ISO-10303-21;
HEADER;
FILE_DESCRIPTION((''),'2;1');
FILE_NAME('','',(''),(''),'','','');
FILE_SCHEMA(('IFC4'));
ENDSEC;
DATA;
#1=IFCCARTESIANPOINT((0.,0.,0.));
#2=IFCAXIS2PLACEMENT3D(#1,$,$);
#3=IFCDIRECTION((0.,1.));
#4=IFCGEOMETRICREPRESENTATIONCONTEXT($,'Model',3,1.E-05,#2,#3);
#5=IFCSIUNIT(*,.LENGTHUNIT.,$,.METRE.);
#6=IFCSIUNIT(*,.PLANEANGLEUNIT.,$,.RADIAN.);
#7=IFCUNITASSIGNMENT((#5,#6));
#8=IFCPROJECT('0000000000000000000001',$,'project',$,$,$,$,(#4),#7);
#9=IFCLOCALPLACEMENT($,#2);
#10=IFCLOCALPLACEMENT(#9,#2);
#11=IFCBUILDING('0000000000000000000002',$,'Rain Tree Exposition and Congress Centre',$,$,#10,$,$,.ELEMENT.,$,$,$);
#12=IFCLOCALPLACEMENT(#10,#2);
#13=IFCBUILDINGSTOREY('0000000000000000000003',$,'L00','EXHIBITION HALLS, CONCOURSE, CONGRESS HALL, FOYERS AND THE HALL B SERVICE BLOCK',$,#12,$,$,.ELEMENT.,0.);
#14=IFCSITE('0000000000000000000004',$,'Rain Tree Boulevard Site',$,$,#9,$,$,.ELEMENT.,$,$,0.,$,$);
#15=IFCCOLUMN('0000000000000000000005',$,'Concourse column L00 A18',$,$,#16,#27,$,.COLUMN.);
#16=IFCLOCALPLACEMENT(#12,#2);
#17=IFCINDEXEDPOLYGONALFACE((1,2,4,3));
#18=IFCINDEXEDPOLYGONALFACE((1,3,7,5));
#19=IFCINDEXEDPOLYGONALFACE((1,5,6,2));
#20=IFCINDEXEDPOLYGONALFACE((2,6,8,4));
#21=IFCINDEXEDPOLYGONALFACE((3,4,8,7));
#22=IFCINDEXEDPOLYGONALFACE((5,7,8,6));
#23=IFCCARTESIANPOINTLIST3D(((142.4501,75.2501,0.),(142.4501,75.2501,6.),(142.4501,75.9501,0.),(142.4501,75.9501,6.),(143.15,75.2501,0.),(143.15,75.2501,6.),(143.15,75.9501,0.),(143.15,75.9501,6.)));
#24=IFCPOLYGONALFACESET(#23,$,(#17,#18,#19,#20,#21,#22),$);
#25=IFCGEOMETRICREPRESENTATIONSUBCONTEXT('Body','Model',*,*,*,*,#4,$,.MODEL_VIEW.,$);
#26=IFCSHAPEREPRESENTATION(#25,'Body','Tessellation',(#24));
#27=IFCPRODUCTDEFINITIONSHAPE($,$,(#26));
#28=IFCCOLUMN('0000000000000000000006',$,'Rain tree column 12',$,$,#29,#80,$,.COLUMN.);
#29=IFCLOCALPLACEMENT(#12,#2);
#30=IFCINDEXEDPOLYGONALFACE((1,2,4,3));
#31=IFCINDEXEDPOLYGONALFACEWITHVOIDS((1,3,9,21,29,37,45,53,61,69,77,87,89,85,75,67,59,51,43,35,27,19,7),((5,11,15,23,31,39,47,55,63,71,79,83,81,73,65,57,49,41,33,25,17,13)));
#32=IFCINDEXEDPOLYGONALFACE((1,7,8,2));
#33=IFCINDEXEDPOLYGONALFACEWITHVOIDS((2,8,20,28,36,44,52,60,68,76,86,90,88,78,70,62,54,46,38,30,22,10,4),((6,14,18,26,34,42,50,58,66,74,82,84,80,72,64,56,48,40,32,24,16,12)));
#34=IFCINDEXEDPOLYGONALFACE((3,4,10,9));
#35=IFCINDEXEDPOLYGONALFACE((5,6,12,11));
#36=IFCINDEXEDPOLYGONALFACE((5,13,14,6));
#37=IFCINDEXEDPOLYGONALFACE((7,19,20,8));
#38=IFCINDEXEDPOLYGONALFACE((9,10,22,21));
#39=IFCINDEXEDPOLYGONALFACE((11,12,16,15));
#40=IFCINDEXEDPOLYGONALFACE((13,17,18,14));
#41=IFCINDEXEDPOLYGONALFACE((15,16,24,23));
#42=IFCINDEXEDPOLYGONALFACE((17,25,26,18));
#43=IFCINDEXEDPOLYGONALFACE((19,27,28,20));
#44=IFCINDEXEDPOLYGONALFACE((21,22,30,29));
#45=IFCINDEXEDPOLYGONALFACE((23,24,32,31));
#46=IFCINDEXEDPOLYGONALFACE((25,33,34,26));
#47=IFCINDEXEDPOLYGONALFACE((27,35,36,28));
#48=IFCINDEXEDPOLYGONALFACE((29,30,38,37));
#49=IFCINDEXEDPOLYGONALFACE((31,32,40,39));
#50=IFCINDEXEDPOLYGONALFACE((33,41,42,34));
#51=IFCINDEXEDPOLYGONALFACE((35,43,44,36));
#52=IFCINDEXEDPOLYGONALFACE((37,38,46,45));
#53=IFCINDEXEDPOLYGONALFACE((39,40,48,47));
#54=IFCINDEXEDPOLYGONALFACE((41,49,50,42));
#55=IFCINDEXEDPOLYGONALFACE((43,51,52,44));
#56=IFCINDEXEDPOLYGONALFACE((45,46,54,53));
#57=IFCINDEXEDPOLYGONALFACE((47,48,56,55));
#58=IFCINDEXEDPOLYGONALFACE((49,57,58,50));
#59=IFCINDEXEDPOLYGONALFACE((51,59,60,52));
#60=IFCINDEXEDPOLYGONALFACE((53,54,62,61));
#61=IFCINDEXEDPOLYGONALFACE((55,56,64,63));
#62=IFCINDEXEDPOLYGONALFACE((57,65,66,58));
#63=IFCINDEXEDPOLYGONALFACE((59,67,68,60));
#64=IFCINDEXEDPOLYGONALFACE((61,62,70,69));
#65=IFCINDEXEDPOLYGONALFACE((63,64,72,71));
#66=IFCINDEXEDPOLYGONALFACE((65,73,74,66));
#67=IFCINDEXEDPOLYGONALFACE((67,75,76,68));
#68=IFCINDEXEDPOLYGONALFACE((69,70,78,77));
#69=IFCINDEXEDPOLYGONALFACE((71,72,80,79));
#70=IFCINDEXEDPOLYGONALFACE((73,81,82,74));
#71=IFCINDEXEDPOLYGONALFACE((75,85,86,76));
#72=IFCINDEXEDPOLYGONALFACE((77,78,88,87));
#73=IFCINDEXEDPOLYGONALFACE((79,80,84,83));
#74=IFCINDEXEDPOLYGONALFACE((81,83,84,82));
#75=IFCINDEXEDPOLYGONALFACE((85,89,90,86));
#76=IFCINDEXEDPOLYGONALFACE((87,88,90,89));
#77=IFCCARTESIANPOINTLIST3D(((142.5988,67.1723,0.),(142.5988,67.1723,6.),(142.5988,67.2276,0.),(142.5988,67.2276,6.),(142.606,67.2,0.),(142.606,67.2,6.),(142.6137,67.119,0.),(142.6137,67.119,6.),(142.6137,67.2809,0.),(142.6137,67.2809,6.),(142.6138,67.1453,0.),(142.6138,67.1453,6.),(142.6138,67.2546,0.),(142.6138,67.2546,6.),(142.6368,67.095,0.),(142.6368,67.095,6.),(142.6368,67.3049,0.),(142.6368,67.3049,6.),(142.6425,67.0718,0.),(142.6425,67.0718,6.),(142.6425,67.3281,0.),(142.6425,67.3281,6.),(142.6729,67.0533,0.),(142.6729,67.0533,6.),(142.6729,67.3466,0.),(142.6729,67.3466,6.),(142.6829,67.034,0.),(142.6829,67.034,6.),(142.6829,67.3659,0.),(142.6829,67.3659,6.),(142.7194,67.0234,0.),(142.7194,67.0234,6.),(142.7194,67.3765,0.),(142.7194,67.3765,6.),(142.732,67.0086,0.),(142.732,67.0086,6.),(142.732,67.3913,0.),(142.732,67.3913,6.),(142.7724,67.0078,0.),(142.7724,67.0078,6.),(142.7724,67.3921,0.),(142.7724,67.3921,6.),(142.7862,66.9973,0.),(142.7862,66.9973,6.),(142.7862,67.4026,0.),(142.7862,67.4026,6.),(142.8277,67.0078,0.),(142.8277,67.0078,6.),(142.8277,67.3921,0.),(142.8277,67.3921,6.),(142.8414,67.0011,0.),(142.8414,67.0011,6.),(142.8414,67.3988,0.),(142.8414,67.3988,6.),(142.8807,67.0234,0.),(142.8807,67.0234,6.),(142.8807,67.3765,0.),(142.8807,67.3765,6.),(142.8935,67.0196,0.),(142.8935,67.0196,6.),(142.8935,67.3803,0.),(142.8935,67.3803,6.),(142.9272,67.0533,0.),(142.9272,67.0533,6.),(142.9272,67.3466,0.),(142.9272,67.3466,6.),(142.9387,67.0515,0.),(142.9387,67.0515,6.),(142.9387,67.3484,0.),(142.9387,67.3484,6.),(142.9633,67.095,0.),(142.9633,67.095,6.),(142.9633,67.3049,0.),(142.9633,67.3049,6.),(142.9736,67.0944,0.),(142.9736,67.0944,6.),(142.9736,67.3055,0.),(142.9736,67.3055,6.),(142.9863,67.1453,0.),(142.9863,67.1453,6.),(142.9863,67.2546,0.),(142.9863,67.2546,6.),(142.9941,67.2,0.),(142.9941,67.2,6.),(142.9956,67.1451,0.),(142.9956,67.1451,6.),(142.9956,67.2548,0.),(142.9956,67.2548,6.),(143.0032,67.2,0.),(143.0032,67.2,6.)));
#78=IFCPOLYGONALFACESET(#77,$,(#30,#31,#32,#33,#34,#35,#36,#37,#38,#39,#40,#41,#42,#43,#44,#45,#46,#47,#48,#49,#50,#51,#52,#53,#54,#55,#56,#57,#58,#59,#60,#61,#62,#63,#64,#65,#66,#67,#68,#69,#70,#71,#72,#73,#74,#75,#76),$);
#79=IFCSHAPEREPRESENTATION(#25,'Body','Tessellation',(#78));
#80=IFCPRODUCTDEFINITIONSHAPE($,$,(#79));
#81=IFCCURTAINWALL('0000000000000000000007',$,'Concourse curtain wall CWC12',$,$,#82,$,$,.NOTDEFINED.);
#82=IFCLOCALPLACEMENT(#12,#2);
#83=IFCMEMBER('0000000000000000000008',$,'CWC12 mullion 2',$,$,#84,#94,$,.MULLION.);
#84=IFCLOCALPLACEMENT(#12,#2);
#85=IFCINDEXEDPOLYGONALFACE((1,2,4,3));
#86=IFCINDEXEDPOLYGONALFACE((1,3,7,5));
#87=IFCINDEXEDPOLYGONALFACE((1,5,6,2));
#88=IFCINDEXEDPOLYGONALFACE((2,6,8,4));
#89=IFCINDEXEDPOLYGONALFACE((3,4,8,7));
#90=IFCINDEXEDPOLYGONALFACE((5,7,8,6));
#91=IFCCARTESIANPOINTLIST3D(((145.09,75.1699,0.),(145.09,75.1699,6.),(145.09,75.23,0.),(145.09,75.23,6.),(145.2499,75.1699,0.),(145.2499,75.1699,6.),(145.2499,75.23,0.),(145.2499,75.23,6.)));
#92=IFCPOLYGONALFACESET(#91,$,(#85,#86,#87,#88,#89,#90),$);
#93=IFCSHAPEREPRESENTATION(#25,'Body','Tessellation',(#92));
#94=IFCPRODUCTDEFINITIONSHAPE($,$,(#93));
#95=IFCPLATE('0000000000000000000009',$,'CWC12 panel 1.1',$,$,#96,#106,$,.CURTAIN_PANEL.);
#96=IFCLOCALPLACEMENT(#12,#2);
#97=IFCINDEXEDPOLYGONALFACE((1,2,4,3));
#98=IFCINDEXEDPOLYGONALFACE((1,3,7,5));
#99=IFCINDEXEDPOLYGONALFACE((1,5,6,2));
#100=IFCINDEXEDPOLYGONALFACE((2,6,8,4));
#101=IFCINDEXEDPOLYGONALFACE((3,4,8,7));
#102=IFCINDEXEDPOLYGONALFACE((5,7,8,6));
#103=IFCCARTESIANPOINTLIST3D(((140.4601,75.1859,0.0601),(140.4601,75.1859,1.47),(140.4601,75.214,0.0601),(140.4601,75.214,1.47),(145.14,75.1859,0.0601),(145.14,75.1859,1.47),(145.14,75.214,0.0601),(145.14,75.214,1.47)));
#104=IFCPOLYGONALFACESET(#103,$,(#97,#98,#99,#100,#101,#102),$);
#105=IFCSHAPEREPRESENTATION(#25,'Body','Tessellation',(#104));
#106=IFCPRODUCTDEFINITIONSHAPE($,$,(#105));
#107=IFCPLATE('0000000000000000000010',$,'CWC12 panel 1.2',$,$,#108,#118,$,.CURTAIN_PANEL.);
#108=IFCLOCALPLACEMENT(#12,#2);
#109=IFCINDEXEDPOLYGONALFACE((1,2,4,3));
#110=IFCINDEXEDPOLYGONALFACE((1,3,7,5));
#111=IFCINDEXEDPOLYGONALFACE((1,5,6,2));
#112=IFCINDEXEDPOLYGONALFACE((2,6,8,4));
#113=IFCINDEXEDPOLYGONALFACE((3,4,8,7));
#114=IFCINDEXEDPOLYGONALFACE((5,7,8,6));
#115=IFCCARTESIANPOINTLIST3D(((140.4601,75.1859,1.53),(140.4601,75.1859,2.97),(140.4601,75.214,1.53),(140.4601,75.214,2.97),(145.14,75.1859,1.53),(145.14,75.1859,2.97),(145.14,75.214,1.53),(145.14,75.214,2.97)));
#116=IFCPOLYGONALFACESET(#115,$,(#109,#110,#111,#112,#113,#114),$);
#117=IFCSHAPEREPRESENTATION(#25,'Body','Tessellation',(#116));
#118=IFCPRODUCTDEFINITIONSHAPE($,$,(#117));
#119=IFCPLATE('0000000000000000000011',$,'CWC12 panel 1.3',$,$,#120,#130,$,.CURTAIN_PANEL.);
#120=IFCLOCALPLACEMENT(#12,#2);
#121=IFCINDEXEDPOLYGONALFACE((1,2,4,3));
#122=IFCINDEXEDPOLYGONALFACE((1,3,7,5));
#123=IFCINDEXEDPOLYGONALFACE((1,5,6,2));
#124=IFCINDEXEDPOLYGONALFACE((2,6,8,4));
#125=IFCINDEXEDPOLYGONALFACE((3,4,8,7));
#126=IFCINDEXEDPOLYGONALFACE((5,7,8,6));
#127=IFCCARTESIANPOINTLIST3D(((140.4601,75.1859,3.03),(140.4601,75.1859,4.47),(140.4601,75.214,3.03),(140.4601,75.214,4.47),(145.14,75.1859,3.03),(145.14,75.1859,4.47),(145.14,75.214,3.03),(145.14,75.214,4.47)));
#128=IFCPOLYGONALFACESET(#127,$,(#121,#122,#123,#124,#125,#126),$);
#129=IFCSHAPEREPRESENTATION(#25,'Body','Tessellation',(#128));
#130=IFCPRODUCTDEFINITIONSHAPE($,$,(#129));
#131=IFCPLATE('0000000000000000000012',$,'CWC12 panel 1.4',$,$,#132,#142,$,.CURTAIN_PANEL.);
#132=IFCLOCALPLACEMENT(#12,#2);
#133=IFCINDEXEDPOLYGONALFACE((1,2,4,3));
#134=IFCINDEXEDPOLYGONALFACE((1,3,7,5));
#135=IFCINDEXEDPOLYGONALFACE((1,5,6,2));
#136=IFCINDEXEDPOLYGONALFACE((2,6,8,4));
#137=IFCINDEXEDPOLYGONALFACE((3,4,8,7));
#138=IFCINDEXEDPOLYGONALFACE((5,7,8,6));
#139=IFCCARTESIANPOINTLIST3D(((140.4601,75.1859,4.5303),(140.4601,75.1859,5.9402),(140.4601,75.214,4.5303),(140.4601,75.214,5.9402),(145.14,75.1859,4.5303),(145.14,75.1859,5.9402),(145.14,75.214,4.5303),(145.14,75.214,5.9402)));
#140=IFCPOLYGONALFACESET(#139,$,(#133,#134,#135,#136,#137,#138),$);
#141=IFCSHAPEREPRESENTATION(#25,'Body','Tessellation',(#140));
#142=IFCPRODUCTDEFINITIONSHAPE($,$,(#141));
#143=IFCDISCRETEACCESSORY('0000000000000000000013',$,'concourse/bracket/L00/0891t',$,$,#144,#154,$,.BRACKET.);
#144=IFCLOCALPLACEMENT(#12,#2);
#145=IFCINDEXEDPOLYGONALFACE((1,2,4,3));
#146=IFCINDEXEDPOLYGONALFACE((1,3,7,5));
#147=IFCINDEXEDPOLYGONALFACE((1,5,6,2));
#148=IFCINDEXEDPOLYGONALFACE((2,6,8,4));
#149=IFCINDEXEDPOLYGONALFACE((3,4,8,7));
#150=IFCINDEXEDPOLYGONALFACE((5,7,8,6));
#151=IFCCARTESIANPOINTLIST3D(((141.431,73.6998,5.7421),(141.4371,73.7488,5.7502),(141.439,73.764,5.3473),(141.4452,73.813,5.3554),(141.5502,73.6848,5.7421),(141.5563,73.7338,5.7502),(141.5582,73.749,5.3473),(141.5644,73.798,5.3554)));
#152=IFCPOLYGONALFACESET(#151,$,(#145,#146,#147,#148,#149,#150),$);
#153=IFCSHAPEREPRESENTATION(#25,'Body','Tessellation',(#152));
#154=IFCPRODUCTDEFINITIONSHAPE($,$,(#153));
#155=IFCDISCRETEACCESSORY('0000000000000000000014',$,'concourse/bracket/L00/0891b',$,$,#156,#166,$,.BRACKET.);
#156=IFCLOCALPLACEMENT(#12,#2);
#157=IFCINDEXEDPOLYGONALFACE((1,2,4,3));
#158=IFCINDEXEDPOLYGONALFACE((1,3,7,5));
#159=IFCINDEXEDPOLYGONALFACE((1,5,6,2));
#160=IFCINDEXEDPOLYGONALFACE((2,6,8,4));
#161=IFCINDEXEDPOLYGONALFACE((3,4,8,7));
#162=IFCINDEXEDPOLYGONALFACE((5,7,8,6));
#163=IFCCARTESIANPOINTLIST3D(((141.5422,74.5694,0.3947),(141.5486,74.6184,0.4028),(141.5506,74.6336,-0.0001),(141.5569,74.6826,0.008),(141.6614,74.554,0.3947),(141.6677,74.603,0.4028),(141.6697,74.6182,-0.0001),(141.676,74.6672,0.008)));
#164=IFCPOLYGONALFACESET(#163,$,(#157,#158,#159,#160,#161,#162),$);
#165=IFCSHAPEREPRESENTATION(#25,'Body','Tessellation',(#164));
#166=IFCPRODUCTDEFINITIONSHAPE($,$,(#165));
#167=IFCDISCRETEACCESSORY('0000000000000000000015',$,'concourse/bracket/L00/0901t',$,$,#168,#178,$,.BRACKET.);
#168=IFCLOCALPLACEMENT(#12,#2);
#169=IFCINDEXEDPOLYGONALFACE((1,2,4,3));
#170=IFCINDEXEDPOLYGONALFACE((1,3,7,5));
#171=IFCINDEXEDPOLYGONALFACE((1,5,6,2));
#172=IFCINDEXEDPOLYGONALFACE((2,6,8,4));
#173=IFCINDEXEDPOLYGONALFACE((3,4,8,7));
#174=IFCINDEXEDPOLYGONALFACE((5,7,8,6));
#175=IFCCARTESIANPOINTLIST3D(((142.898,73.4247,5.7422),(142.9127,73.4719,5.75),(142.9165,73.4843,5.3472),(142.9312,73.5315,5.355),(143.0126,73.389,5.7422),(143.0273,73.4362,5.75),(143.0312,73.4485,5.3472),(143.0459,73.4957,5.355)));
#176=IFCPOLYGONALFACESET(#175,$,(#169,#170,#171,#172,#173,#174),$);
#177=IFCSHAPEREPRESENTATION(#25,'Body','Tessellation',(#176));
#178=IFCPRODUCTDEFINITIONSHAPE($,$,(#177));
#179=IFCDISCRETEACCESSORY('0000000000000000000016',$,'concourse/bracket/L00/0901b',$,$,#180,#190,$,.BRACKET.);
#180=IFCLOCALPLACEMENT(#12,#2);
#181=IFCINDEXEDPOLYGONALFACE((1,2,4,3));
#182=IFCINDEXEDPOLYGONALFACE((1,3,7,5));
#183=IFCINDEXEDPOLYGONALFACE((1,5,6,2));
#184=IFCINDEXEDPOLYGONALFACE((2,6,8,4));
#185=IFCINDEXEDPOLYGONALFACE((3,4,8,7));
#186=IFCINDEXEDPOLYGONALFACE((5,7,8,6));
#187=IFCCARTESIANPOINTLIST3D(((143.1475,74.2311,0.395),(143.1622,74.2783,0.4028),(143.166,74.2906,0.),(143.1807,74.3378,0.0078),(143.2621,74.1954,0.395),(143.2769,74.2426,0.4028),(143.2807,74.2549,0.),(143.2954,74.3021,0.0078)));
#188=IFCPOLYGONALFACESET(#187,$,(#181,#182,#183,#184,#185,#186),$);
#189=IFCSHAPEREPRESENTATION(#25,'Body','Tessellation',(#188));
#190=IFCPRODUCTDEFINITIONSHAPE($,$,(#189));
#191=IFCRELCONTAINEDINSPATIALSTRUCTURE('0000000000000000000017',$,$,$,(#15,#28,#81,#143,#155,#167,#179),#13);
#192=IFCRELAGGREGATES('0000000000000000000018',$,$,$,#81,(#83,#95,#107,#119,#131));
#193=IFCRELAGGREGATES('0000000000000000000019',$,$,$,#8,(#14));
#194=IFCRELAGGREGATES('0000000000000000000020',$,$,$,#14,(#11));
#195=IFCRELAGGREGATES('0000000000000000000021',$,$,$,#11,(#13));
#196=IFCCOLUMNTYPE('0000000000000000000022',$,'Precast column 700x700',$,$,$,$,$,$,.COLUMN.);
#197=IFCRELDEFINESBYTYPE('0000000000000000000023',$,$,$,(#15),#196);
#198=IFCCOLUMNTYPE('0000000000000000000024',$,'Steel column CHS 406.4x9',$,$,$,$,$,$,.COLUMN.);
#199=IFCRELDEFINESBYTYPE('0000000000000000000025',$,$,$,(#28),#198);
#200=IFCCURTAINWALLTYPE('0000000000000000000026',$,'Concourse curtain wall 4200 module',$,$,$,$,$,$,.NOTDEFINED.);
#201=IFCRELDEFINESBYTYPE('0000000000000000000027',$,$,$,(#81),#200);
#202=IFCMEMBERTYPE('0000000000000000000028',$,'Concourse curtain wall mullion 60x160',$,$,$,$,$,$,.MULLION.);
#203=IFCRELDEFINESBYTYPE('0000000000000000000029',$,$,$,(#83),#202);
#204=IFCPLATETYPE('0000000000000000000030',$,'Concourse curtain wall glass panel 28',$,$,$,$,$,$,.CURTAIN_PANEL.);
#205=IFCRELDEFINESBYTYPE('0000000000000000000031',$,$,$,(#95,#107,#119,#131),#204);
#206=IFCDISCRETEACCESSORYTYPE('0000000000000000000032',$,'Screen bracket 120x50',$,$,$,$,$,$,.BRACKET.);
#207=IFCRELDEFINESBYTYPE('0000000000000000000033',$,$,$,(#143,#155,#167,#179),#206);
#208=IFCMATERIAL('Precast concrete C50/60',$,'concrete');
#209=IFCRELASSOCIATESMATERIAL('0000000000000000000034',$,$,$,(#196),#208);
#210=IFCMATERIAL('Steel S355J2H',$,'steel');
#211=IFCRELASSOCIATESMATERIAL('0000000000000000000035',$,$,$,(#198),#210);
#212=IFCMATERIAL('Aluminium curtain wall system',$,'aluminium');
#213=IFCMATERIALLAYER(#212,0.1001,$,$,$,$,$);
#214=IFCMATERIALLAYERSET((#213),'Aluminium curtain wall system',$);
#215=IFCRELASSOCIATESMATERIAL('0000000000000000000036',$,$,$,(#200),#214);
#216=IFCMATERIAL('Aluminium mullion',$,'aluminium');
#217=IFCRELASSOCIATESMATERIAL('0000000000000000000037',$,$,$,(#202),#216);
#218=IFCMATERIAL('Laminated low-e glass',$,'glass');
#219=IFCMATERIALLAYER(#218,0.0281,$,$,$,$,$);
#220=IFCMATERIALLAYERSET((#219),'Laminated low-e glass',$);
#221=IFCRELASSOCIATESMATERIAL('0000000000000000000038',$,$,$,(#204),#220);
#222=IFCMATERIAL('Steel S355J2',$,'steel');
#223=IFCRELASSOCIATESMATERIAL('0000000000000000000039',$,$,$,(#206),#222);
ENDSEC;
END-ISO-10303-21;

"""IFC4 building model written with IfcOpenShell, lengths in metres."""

from ifc_helpers import new_model, si_unit, direction, frame, origin, origin_2d, place, context, subcontext, project, spatial, rectangle, hollow_circle, extrude, material, layer, layer_set, material_profile, profile_set, type_object, element, aggregate, save


model = new_model("IFC4")

# Units and contexts
model_context = context("Model", 3, precision=1e-05, world=origin(), true_north=direction((0.0, 1.0)))
body_context = subcontext(model_context, "Body", "Model", "MODEL_VIEW")
ifc_project = project(units=[si_unit("LENGTHUNIT", "METRE"), si_unit("PLANEANGLEUNIT", "RADIAN")], contexts=[model_context])

# Site, building, storey
site_placement = place(None, origin())
site = spatial("IfcSite", under=ifc_project, at=site_placement, Name="Rain Tree Boulevard Site", CompositionType="ELEMENT", RefElevation=0.0)
building_placement = place(site_placement, origin())
building = spatial("IfcBuilding", under=site, at=building_placement, Name="Rain Tree Exposition and Congress Centre", CompositionType="ELEMENT")
storey_placement = place(building_placement, origin())
storey = spatial("IfcBuildingStorey", under=building, at=storey_placement, Name="L00", Description="EXHIBITION HALLS, CONCOURSE, CONGRESS HALL, FOYERS AND THE HALL B SERVICE BLOCK", CompositionType="ELEMENT", Elevation=0.0)

# Columns
ifc_material_1 = material(Name="Precast concrete C50/60", Category="concrete")
ifc_material_profile_1 = material_profile(ifc_material_1, rectangle(XDim=0.7, YDim=0.7, at=origin_2d()), Name="RC 700x700")
ifc_profile_set_1 = profile_set([ifc_material_profile_1], Name="Precast concrete C50/60")
column_type_1 = type_object("IfcColumnType", Name="Precast column 700x700", PredefinedType="COLUMN", material=ifc_profile_set_1)
column_1_placement = place(storey_placement, frame((142.8, 75.6001, 0.0), z_axis=(0.0, 0.0, 1.0), x_axis=(1.0, 0.0, 0.0)))
element("IfcColumn", 1, at=column_1_placement, inside=storey, type_object=column_type_1, Name="Concourse column L00 A18", PredefinedType="COLUMN", context=body_context, shape_type="SweptSolid", body=[
    extrude(rectangle(XDim=0.7, YDim=0.7, at=origin_2d()), origin(), (0.0, 0.0, 1.0), 6.0),
])
ifc_material_2 = material(Name="Steel S355J2H", Category="steel")
ifc_material_profile_2 = material_profile(ifc_material_2, hollow_circle(Radius=0.2031, WallThickness=0.009, at=origin_2d()), Name="CHS 406.4x9")
ifc_profile_set_2 = profile_set([ifc_material_profile_2], Name="Steel S355J2H")
column_type_2 = type_object("IfcColumnType", Name="Steel column CHS 406.4x9", PredefinedType="COLUMN", material=ifc_profile_set_2)
column_2_placement = place(storey_placement, frame((142.8, 67.2, 0.0), z_axis=(0.0, 0.0, 1.0), x_axis=(1.0, 0.0, 0.0)))
element("IfcColumn", 2, at=column_2_placement, inside=storey, type_object=column_type_2, Name="Rain tree column 12", PredefinedType="COLUMN", context=body_context, shape_type="SweptSolid", body=[
    extrude(hollow_circle(Radius=0.2031, WallThickness=0.009, at=origin_2d()), origin(), (0.0, 0.0, 1.0), 6.0),
])

# Curtain wall, member, plates
ifc_material_3 = material(Name="Aluminium curtain wall system", Category="aluminium")
ifc_layer_1 = layer(ifc_material_3, 0.1001)
ifc_layer_set_1 = layer_set([ifc_layer_1], Name="Aluminium curtain wall system")
curtain_wall_type = type_object("IfcCurtainWallType", Name="Concourse curtain wall 4200 module", PredefinedType="NOTDEFINED", material=ifc_layer_set_1)
curtain_wall_placement = place(storey_placement, origin())
curtain_wall = element("IfcCurtainWall", 3, at=curtain_wall_placement, inside=storey, type_object=curtain_wall_type, Name="Concourse curtain wall CWC12", PredefinedType="NOTDEFINED")
ifc_material_4 = material(Name="Aluminium mullion", Category="aluminium")
ifc_material_profile_3 = material_profile(ifc_material_4, rectangle(XDim=0.0601, YDim=0.1599, at=origin_2d()), Name="AL 60x160")
ifc_profile_set_3 = profile_set([ifc_material_profile_3], Name="Aluminium mullion")
member_type = type_object("IfcMemberType", Name="Concourse curtain wall mullion 60x160", PredefinedType="MULLION", material=ifc_profile_set_3)
member_placement = place(storey_placement, frame((145.1699, 75.2, 0.0), z_axis=(0.0, 0.0, 1.0), x_axis=(0.0, 1.0, 0.0)))
member = element("IfcMember", 4, at=member_placement, type_object=member_type, Name="CWC12 mullion 2", PredefinedType="MULLION", context=body_context, shape_type="SweptSolid", body=[
    extrude(rectangle(XDim=0.0601, YDim=0.1599, at=origin_2d()), origin(), (0.0, 0.0, 1.0), 6.0),
])
ifc_material_5 = material(Name="Laminated low-e glass", Category="glass")
ifc_layer_2 = layer(ifc_material_5, 0.0281)
ifc_layer_set_2 = layer_set([ifc_layer_2], Name="Laminated low-e glass")
plate_type = type_object("IfcPlateType", Name="Concourse curtain wall glass panel 28", PredefinedType="CURTAIN_PANEL", material=ifc_layer_set_2)
plate_1_placement = place(storey_placement, frame((142.8, 75.2, 0.0601), z_axis=(0.0, 0.0, 1.0), x_axis=(1.0, 0.0, 0.0)))
plate_1 = element("IfcPlate", 5, at=plate_1_placement, type_object=plate_type, Name="CWC12 panel 1.1", PredefinedType="CURTAIN_PANEL", context=body_context, shape_type="SweptSolid", body=[
    extrude(rectangle(XDim=4.6799, YDim=0.0281, at=origin_2d()), origin(), (0.0, 0.0, 1.0), 1.4099),
])
plate_2_placement = place(storey_placement, frame((142.8, 75.2, 1.53), z_axis=(0.0, 0.0, 1.0), x_axis=(1.0, 0.0, 0.0)))
plate_2 = element("IfcPlate", 6, at=plate_2_placement, type_object=plate_type, Name="CWC12 panel 1.2", PredefinedType="CURTAIN_PANEL", context=body_context, shape_type="SweptSolid", body=[
    extrude(rectangle(XDim=4.6799, YDim=0.0281, at=origin_2d()), origin(), (0.0, 0.0, 1.0), 1.4399),
])
plate_3_placement = place(storey_placement, frame((142.8, 75.2, 3.03), z_axis=(0.0, 0.0, 1.0), x_axis=(1.0, 0.0, 0.0)))
plate_3 = element("IfcPlate", 7, at=plate_3_placement, type_object=plate_type, Name="CWC12 panel 1.3", PredefinedType="CURTAIN_PANEL", context=body_context, shape_type="SweptSolid", body=[
    extrude(rectangle(XDim=4.6799, YDim=0.0281, at=origin_2d()), origin(), (0.0, 0.0, 1.0), 1.4399),
])
plate_4_placement = place(storey_placement, frame((142.8, 75.2, 4.5303), z_axis=(0.0, 0.0, 1.0), x_axis=(1.0, 0.0, 0.0)))
plate_4 = element("IfcPlate", 8, at=plate_4_placement, type_object=plate_type, Name="CWC12 panel 1.4", PredefinedType="CURTAIN_PANEL", context=body_context, shape_type="SweptSolid", body=[
    extrude(rectangle(XDim=4.6799, YDim=0.0281, at=origin_2d()), origin(), (0.0, 0.0, 1.0), 1.4099),
])
aggregate(curtain_wall, [member, plate_1, plate_2, plate_3, plate_4])

# Discrete accessories
ifc_material_6 = material(Name="Steel S355J2", Category="steel")
ifc_material_profile_4 = material_profile(ifc_material_6, rectangle(XDim=0.1201, YDim=0.05, at=origin_2d()), Name="Flat bar 120x50")
ifc_profile_set_4 = profile_set([ifc_material_profile_4], Name="Steel S355J2")
discrete_accessory_type = type_object("IfcDiscreteAccessoryType", Name="Screen bracket 120x50", PredefinedType="BRACKET", material=ifc_profile_set_4)
for number, where, z_axis, x_axis, name in (
    (9, (141.5017, 73.781, 5.3513), (-0.020139, -0.160505, 0.98683), (0.99222, -0.124499, 0.0), "concourse/bracket/L00/0891t"),
    (10, (141.6133, 74.6504, 0.0039), (-0.020749, -0.160503, 0.986817), (0.991747, -0.128211, 0.0), "concourse/bracket/L00/0891b"),
):
    element("IfcDiscreteAccessory", number, at=place(storey_placement, frame(where, z_axis=z_axis, x_axis=x_axis)), inside=storey, type_object=discrete_accessory_type, Name=name, PredefinedType="BRACKET", context=body_context, shape_type="SweptSolid", body=[
        extrude(rectangle(XDim=0.1201, YDim=0.05, at=origin_2d()), origin(), (0.0, 0.0, 1.0), 0.4001),
    ])
for number, where, z_axis, x_axis, name in (
    (11, (142.9812, 73.49, 5.3511), (-0.046396, -0.148957, 0.987755), (0.954758, -0.297384, 0.0), "concourse/bracket/L00/0901t"),
    (12, (143.2307, 74.2964, 0.0039), (-0.046396, -0.148957, 0.987755), (0.954758, -0.297384, 0.0), "concourse/bracket/L00/0901b"),
):
    element("IfcDiscreteAccessory", number, at=place(storey_placement, frame(where, z_axis=z_axis, x_axis=x_axis)), inside=storey, type_object=discrete_accessory_type, Name=name, PredefinedType="BRACKET", context=body_context, shape_type="SweptSolid", body=[
        extrude(rectangle(XDim=0.1201, YDim=0.05, at=origin_2d()), origin(), (0.0, 0.0, 1.0), 0.3999),
    ])

save(model, "model.ifc")
